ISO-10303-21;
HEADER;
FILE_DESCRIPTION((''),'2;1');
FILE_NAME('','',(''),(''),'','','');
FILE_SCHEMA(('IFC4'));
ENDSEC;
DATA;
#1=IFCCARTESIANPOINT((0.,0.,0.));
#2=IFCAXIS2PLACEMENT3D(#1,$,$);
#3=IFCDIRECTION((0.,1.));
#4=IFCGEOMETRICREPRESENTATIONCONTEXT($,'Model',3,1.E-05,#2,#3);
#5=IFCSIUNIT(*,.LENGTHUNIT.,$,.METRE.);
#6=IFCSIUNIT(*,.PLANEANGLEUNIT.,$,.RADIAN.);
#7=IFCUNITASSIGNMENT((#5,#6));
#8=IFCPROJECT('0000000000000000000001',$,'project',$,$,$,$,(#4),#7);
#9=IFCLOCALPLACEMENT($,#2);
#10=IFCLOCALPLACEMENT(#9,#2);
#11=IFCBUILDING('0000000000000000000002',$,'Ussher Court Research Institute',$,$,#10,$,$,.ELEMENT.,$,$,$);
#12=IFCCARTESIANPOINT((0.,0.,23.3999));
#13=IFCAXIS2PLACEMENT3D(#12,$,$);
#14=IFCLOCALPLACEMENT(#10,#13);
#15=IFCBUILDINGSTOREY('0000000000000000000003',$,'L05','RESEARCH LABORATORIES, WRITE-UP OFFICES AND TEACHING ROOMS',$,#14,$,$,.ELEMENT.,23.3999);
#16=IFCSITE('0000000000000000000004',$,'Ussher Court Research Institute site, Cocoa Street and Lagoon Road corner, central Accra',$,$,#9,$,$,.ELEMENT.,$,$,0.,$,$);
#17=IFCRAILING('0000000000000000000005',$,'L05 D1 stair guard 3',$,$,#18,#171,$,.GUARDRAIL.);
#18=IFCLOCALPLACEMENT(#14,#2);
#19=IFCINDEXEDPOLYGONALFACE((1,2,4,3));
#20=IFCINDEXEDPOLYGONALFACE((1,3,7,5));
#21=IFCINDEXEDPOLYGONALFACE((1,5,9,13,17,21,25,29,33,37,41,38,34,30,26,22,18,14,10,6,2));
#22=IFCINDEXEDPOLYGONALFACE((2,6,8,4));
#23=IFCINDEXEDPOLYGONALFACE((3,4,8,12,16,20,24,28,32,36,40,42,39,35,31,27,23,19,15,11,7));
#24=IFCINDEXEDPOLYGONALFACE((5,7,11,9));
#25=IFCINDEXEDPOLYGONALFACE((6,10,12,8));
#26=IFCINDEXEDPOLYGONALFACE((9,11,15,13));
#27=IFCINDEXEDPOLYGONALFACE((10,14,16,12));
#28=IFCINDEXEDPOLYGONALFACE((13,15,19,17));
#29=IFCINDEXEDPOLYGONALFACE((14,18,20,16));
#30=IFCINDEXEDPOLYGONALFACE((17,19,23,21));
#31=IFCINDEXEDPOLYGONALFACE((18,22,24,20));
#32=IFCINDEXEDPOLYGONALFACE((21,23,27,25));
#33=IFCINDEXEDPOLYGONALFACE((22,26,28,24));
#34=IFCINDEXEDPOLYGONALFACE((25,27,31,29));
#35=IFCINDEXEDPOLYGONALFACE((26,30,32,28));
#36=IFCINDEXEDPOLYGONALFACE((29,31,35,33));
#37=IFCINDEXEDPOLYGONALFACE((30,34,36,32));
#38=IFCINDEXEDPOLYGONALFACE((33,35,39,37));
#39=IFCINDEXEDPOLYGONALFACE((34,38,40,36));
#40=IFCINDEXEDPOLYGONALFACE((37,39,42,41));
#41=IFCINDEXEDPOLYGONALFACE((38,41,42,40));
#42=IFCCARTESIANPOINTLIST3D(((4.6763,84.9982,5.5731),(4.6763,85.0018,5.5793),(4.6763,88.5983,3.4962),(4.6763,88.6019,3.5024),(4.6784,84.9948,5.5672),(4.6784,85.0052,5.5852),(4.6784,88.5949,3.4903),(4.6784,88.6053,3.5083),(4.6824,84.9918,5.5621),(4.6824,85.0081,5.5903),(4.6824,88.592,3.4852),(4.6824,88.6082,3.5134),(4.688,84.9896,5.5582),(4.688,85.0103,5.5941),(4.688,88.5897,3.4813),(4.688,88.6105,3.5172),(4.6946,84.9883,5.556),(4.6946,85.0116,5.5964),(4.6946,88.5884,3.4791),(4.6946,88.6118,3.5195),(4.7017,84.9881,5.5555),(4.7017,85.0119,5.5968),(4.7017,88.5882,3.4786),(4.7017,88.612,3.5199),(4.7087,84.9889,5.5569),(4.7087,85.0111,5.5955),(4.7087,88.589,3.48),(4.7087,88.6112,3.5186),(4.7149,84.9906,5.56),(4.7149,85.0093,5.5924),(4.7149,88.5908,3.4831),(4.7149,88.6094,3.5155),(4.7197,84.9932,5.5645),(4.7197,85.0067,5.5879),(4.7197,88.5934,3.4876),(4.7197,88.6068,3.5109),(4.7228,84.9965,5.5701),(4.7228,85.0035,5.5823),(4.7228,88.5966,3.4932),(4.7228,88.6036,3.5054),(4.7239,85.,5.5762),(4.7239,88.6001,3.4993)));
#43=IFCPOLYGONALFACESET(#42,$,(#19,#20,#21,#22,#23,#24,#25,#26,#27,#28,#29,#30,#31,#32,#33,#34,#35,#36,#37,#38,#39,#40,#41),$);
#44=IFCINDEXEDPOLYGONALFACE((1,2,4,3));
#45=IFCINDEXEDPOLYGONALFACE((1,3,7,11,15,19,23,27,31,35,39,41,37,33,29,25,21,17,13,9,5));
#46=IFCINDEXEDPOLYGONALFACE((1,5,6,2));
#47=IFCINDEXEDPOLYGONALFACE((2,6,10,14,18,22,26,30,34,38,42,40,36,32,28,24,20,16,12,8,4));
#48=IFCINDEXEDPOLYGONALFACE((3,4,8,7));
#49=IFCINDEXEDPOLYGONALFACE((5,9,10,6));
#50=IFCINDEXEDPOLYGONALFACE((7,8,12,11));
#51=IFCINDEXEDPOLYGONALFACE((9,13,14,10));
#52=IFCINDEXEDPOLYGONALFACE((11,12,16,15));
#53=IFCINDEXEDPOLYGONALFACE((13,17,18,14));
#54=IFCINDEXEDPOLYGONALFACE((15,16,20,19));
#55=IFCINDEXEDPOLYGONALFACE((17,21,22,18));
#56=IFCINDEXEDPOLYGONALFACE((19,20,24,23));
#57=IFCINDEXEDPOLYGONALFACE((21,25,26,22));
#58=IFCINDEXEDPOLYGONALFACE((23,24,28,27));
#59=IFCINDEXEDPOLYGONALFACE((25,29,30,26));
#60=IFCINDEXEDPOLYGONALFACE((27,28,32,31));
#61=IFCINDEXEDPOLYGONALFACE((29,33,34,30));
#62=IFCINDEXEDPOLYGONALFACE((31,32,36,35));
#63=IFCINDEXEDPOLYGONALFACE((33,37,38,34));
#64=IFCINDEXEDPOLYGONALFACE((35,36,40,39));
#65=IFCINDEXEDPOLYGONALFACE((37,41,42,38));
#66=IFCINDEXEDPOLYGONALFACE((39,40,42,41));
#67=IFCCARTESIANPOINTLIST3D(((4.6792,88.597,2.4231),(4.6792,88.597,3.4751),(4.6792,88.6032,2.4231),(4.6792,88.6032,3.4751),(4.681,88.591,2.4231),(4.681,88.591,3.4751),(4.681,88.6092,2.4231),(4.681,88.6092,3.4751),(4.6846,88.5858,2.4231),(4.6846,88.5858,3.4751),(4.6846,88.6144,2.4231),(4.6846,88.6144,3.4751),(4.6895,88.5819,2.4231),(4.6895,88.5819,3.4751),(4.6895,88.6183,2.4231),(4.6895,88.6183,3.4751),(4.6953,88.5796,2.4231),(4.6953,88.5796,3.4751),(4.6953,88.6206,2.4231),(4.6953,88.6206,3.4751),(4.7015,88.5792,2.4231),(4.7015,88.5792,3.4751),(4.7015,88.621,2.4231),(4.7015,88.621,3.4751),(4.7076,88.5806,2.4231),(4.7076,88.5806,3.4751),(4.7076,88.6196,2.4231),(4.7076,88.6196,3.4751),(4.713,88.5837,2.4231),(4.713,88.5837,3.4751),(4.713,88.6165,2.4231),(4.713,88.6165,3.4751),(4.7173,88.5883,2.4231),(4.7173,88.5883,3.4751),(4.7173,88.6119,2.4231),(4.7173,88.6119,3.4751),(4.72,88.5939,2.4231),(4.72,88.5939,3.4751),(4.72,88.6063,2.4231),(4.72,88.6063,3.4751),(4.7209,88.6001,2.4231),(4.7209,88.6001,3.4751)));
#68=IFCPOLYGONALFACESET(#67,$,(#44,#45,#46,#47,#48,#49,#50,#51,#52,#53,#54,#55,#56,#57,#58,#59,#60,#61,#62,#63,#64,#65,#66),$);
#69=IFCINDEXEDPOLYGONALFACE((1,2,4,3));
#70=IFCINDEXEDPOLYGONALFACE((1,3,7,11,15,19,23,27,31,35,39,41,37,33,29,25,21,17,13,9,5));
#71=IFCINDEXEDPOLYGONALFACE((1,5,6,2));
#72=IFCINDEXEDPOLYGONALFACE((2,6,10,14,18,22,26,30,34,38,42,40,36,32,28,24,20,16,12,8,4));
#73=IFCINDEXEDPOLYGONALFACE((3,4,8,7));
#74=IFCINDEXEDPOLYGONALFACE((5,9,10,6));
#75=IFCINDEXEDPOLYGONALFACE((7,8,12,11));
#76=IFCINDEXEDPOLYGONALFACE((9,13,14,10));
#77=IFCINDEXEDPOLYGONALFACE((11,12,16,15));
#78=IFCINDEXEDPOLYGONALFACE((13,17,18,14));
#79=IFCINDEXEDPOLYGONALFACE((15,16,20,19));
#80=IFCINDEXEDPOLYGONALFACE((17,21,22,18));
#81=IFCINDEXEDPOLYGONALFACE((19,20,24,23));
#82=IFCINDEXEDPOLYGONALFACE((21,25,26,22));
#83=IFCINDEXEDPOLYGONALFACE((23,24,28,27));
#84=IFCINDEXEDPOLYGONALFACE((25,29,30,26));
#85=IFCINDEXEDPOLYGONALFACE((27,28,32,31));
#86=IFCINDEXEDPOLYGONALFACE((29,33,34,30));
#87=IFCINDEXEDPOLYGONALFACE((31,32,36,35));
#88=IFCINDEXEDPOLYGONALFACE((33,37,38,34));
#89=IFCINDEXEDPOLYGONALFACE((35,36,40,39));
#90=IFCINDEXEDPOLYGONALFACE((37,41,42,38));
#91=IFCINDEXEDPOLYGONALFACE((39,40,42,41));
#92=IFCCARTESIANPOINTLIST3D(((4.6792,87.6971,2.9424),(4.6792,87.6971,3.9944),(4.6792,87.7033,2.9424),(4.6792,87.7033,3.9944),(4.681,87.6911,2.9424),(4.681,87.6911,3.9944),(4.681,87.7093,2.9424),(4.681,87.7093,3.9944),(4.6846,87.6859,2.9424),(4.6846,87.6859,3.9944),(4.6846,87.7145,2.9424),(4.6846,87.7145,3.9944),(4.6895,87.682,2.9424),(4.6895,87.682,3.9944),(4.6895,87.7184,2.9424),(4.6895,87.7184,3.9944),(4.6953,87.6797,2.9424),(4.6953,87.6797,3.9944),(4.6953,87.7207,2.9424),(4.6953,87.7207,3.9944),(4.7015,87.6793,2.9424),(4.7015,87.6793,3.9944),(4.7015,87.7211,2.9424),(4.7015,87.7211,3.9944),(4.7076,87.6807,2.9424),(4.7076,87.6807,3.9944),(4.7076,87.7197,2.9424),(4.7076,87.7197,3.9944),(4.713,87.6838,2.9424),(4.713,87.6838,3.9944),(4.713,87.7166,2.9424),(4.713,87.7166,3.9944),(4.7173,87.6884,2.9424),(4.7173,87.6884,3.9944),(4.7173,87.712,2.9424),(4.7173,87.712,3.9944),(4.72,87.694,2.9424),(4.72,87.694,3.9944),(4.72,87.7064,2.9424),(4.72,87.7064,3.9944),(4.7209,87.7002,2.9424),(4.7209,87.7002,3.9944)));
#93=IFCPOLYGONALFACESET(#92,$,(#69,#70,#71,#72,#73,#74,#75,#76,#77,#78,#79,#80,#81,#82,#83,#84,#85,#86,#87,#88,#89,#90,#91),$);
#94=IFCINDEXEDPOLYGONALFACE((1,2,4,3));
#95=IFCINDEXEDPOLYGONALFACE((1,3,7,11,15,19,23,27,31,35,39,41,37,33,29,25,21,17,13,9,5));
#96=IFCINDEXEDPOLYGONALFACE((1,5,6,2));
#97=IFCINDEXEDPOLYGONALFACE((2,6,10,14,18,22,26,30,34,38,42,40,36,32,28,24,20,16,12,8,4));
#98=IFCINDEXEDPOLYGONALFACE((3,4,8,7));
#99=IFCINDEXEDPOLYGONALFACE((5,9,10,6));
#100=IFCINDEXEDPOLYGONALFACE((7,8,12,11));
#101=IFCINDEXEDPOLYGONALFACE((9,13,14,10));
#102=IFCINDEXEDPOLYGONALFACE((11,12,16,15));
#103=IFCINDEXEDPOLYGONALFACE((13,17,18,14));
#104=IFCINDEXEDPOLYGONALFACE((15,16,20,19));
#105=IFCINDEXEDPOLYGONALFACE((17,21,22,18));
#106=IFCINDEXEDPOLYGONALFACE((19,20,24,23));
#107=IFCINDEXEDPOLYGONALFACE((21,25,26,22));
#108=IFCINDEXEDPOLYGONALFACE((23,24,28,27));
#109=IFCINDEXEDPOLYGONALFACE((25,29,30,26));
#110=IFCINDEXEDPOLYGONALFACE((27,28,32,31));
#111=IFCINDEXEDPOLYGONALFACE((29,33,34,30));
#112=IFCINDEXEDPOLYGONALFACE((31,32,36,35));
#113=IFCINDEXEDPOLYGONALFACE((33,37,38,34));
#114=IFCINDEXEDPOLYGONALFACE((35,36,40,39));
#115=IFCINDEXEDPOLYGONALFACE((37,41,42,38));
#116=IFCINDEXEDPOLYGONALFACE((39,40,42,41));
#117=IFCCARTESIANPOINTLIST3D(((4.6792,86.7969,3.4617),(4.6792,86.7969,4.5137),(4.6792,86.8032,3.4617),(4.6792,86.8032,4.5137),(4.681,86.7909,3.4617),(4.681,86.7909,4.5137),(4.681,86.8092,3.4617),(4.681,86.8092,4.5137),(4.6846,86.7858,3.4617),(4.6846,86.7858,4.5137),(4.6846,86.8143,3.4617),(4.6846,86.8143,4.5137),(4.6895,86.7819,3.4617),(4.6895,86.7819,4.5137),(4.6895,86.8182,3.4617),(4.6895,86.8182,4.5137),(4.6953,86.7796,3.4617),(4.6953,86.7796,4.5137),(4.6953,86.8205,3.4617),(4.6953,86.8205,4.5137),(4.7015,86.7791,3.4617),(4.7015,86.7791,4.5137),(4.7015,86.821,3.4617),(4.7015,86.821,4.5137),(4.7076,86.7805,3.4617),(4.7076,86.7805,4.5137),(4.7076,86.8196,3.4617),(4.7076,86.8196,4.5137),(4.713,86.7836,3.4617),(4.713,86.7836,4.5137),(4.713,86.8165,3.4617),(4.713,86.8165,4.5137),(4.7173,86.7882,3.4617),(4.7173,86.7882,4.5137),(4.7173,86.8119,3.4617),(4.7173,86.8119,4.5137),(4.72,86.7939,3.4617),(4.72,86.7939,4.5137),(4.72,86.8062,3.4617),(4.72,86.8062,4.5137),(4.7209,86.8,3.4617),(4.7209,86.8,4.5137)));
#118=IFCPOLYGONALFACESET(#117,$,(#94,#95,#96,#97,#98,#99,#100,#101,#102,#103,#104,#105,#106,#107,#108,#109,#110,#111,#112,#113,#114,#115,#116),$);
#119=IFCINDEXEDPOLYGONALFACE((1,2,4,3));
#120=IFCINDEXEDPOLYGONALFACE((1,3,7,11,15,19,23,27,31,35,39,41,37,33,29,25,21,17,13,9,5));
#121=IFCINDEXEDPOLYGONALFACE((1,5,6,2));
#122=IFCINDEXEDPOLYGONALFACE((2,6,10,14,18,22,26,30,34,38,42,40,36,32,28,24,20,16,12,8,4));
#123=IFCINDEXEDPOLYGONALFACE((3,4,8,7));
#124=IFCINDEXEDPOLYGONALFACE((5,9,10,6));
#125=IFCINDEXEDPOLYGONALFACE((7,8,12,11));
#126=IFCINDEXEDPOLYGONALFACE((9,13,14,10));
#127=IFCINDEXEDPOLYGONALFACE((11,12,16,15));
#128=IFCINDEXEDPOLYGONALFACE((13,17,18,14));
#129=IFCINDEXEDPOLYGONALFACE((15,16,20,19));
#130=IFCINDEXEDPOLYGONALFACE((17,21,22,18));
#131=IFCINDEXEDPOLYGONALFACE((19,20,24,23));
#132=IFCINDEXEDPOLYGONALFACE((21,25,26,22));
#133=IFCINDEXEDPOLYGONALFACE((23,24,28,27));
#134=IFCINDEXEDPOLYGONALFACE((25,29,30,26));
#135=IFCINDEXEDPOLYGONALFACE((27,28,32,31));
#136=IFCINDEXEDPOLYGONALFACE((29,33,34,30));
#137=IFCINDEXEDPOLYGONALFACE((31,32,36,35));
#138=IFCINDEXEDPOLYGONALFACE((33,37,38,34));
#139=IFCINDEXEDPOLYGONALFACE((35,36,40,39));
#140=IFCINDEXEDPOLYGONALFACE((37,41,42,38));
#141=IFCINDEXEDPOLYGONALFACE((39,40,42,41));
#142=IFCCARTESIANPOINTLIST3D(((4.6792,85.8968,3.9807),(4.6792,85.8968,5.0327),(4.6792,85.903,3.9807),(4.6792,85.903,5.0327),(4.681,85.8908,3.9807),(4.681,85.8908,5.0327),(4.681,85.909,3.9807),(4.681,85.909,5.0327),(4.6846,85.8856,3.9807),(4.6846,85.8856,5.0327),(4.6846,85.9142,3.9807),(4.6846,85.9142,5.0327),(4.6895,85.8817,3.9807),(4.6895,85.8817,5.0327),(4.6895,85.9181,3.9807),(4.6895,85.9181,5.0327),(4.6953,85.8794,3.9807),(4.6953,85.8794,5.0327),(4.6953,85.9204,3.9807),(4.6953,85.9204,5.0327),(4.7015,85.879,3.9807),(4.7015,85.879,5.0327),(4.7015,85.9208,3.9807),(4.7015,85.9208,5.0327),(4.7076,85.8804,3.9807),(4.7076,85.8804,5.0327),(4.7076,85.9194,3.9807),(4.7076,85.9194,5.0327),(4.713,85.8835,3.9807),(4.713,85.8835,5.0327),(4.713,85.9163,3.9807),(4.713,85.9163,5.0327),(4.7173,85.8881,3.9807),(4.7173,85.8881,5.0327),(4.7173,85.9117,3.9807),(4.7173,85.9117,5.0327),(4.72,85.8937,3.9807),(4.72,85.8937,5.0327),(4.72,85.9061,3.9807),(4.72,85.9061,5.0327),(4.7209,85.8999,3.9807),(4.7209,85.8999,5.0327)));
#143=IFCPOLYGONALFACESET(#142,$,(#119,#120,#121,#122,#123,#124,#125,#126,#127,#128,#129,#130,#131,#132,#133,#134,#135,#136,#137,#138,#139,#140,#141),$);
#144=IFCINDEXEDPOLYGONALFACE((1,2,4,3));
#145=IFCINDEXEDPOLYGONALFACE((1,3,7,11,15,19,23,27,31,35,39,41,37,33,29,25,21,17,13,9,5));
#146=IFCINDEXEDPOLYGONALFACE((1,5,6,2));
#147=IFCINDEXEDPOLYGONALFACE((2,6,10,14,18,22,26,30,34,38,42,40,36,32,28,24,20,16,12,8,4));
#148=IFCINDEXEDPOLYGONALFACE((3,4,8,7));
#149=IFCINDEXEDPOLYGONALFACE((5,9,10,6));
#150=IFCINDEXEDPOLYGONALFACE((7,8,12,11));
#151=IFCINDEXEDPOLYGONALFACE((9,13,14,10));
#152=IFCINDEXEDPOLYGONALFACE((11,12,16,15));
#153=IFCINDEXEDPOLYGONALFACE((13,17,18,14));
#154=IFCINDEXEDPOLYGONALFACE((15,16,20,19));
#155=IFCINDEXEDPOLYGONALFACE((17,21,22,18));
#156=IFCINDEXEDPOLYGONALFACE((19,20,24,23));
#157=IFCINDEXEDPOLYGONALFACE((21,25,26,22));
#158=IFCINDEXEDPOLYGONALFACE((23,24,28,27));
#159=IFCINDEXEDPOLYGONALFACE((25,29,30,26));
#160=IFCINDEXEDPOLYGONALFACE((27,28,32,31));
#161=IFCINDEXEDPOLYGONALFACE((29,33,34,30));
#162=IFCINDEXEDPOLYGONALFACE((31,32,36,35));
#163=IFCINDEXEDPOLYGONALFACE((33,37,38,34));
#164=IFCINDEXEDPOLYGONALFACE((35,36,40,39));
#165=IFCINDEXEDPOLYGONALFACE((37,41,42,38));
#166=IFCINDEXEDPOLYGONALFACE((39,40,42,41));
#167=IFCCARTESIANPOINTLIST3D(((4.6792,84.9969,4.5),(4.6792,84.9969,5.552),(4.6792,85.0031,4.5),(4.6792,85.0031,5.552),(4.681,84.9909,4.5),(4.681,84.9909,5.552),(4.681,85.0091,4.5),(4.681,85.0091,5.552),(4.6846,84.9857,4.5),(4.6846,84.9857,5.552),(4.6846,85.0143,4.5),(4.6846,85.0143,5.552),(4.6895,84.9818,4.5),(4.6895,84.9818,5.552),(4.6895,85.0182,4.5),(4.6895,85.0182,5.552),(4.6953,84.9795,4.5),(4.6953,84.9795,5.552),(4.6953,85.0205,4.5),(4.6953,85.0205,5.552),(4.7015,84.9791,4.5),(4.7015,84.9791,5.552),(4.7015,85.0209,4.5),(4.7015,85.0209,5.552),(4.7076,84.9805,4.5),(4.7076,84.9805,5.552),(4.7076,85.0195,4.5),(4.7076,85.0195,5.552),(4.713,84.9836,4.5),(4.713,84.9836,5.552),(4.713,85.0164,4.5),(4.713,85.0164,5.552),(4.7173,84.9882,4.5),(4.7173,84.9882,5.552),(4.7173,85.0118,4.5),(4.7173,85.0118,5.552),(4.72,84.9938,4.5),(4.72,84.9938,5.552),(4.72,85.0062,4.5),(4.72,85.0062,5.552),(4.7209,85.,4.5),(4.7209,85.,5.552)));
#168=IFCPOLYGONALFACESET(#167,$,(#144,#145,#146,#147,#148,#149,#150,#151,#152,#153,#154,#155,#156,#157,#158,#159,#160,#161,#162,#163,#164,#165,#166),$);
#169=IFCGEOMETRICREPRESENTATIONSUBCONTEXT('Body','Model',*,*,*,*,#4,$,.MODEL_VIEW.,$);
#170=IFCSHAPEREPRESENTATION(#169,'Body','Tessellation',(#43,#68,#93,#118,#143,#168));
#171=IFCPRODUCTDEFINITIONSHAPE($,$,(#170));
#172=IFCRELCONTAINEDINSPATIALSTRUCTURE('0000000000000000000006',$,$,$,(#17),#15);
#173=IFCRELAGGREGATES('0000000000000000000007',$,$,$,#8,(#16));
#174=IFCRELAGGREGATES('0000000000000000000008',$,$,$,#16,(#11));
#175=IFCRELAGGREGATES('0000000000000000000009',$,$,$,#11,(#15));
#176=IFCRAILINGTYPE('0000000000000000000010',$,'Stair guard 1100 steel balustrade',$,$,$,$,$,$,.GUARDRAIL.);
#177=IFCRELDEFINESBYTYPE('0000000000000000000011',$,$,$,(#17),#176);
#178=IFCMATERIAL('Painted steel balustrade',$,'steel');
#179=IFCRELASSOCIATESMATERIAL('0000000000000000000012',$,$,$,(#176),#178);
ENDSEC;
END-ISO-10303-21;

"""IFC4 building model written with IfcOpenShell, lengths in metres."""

from ifc_helpers import new_model, si_unit, direction, frame, origin, origin_2d, place, context, subcontext, project, spatial, circle, extrude, material, type_object, element, save


model = new_model("IFC4")

# Units and contexts
model_context = context("Model", 3, precision=1e-05, world=origin(), true_north=direction((0.0, 1.0)))
body_context = subcontext(model_context, "Body", "Model", "MODEL_VIEW")
ifc_project = project(units=[si_unit("LENGTHUNIT", "METRE"), si_unit("PLANEANGLEUNIT", "RADIAN")], contexts=[model_context])

# Site, building, storey
site_placement = place(None, origin())
site = spatial("IfcSite", under=ifc_project, at=site_placement, Name="Ussher Court Research Institute site, Cocoa Street and Lagoon Road corner, central Accra", CompositionType="ELEMENT", RefElevation=0.0)
building_placement = place(site_placement, origin())
building = spatial("IfcBuilding", under=site, at=building_placement, Name="Ussher Court Research Institute", CompositionType="ELEMENT")
storey_placement = place(building_placement, frame((0.0, 0.0, 23.3999)))
storey = spatial("IfcBuildingStorey", under=building, at=storey_placement, Name="L05", Description="RESEARCH LABORATORIES, WRITE-UP OFFICES AND TEACHING ROOMS", CompositionType="ELEMENT", Elevation=23.3999)

# Railing
ifc_material_1 = material(Name="Painted steel balustrade", Category="steel")
railing_type_1 = type_object("IfcRailingType", Name="Stair guard 1100 steel balustrade", PredefinedType="GUARDRAIL", material=ifc_material_1)
railing_1_placement = place(storey_placement, frame((4.7, 88.6001, 2.4231)))
element("IfcRailing", 1, at=railing_1_placement, inside=storey, type_object=railing_type_1, Name="L05 D1 stair guard 3", PredefinedType="GUARDRAIL", context=body_context, shape_type="SweptSolid", body=[
    extrude(circle(Radius=0.0239, at=origin_2d()), frame((0.0, 0.0, 1.0762), z_axis=(0.0, -0.866193, 0.499709), x_axis=(1.0, 0.0, 0.0)), (0.0, 0.0, 1.0), 4.1562),
    extrude(circle(Radius=0.021, at=origin_2d()), origin(), (0.0, 0.0, 1.0), 1.052),
    extrude(circle(Radius=0.021, at=origin_2d()), frame((0.0, -0.8999, 0.5193)), (0.0, 0.0, 1.0), 1.052),
    extrude(circle(Radius=0.021, at=origin_2d()), frame((0.0, -1.8, 1.0386)), (0.0, 0.0, 1.0), 1.052),
    extrude(circle(Radius=0.021, at=origin_2d()), frame((0.0, -2.7002, 1.5576)), (0.0, 0.0, 1.0), 1.052),
    extrude(circle(Radius=0.021, at=origin_2d()), frame((0.0, -3.6001, 2.0769)), (0.0, 0.0, 1.0), 1.052),
])

save(model, "model.ifc")
